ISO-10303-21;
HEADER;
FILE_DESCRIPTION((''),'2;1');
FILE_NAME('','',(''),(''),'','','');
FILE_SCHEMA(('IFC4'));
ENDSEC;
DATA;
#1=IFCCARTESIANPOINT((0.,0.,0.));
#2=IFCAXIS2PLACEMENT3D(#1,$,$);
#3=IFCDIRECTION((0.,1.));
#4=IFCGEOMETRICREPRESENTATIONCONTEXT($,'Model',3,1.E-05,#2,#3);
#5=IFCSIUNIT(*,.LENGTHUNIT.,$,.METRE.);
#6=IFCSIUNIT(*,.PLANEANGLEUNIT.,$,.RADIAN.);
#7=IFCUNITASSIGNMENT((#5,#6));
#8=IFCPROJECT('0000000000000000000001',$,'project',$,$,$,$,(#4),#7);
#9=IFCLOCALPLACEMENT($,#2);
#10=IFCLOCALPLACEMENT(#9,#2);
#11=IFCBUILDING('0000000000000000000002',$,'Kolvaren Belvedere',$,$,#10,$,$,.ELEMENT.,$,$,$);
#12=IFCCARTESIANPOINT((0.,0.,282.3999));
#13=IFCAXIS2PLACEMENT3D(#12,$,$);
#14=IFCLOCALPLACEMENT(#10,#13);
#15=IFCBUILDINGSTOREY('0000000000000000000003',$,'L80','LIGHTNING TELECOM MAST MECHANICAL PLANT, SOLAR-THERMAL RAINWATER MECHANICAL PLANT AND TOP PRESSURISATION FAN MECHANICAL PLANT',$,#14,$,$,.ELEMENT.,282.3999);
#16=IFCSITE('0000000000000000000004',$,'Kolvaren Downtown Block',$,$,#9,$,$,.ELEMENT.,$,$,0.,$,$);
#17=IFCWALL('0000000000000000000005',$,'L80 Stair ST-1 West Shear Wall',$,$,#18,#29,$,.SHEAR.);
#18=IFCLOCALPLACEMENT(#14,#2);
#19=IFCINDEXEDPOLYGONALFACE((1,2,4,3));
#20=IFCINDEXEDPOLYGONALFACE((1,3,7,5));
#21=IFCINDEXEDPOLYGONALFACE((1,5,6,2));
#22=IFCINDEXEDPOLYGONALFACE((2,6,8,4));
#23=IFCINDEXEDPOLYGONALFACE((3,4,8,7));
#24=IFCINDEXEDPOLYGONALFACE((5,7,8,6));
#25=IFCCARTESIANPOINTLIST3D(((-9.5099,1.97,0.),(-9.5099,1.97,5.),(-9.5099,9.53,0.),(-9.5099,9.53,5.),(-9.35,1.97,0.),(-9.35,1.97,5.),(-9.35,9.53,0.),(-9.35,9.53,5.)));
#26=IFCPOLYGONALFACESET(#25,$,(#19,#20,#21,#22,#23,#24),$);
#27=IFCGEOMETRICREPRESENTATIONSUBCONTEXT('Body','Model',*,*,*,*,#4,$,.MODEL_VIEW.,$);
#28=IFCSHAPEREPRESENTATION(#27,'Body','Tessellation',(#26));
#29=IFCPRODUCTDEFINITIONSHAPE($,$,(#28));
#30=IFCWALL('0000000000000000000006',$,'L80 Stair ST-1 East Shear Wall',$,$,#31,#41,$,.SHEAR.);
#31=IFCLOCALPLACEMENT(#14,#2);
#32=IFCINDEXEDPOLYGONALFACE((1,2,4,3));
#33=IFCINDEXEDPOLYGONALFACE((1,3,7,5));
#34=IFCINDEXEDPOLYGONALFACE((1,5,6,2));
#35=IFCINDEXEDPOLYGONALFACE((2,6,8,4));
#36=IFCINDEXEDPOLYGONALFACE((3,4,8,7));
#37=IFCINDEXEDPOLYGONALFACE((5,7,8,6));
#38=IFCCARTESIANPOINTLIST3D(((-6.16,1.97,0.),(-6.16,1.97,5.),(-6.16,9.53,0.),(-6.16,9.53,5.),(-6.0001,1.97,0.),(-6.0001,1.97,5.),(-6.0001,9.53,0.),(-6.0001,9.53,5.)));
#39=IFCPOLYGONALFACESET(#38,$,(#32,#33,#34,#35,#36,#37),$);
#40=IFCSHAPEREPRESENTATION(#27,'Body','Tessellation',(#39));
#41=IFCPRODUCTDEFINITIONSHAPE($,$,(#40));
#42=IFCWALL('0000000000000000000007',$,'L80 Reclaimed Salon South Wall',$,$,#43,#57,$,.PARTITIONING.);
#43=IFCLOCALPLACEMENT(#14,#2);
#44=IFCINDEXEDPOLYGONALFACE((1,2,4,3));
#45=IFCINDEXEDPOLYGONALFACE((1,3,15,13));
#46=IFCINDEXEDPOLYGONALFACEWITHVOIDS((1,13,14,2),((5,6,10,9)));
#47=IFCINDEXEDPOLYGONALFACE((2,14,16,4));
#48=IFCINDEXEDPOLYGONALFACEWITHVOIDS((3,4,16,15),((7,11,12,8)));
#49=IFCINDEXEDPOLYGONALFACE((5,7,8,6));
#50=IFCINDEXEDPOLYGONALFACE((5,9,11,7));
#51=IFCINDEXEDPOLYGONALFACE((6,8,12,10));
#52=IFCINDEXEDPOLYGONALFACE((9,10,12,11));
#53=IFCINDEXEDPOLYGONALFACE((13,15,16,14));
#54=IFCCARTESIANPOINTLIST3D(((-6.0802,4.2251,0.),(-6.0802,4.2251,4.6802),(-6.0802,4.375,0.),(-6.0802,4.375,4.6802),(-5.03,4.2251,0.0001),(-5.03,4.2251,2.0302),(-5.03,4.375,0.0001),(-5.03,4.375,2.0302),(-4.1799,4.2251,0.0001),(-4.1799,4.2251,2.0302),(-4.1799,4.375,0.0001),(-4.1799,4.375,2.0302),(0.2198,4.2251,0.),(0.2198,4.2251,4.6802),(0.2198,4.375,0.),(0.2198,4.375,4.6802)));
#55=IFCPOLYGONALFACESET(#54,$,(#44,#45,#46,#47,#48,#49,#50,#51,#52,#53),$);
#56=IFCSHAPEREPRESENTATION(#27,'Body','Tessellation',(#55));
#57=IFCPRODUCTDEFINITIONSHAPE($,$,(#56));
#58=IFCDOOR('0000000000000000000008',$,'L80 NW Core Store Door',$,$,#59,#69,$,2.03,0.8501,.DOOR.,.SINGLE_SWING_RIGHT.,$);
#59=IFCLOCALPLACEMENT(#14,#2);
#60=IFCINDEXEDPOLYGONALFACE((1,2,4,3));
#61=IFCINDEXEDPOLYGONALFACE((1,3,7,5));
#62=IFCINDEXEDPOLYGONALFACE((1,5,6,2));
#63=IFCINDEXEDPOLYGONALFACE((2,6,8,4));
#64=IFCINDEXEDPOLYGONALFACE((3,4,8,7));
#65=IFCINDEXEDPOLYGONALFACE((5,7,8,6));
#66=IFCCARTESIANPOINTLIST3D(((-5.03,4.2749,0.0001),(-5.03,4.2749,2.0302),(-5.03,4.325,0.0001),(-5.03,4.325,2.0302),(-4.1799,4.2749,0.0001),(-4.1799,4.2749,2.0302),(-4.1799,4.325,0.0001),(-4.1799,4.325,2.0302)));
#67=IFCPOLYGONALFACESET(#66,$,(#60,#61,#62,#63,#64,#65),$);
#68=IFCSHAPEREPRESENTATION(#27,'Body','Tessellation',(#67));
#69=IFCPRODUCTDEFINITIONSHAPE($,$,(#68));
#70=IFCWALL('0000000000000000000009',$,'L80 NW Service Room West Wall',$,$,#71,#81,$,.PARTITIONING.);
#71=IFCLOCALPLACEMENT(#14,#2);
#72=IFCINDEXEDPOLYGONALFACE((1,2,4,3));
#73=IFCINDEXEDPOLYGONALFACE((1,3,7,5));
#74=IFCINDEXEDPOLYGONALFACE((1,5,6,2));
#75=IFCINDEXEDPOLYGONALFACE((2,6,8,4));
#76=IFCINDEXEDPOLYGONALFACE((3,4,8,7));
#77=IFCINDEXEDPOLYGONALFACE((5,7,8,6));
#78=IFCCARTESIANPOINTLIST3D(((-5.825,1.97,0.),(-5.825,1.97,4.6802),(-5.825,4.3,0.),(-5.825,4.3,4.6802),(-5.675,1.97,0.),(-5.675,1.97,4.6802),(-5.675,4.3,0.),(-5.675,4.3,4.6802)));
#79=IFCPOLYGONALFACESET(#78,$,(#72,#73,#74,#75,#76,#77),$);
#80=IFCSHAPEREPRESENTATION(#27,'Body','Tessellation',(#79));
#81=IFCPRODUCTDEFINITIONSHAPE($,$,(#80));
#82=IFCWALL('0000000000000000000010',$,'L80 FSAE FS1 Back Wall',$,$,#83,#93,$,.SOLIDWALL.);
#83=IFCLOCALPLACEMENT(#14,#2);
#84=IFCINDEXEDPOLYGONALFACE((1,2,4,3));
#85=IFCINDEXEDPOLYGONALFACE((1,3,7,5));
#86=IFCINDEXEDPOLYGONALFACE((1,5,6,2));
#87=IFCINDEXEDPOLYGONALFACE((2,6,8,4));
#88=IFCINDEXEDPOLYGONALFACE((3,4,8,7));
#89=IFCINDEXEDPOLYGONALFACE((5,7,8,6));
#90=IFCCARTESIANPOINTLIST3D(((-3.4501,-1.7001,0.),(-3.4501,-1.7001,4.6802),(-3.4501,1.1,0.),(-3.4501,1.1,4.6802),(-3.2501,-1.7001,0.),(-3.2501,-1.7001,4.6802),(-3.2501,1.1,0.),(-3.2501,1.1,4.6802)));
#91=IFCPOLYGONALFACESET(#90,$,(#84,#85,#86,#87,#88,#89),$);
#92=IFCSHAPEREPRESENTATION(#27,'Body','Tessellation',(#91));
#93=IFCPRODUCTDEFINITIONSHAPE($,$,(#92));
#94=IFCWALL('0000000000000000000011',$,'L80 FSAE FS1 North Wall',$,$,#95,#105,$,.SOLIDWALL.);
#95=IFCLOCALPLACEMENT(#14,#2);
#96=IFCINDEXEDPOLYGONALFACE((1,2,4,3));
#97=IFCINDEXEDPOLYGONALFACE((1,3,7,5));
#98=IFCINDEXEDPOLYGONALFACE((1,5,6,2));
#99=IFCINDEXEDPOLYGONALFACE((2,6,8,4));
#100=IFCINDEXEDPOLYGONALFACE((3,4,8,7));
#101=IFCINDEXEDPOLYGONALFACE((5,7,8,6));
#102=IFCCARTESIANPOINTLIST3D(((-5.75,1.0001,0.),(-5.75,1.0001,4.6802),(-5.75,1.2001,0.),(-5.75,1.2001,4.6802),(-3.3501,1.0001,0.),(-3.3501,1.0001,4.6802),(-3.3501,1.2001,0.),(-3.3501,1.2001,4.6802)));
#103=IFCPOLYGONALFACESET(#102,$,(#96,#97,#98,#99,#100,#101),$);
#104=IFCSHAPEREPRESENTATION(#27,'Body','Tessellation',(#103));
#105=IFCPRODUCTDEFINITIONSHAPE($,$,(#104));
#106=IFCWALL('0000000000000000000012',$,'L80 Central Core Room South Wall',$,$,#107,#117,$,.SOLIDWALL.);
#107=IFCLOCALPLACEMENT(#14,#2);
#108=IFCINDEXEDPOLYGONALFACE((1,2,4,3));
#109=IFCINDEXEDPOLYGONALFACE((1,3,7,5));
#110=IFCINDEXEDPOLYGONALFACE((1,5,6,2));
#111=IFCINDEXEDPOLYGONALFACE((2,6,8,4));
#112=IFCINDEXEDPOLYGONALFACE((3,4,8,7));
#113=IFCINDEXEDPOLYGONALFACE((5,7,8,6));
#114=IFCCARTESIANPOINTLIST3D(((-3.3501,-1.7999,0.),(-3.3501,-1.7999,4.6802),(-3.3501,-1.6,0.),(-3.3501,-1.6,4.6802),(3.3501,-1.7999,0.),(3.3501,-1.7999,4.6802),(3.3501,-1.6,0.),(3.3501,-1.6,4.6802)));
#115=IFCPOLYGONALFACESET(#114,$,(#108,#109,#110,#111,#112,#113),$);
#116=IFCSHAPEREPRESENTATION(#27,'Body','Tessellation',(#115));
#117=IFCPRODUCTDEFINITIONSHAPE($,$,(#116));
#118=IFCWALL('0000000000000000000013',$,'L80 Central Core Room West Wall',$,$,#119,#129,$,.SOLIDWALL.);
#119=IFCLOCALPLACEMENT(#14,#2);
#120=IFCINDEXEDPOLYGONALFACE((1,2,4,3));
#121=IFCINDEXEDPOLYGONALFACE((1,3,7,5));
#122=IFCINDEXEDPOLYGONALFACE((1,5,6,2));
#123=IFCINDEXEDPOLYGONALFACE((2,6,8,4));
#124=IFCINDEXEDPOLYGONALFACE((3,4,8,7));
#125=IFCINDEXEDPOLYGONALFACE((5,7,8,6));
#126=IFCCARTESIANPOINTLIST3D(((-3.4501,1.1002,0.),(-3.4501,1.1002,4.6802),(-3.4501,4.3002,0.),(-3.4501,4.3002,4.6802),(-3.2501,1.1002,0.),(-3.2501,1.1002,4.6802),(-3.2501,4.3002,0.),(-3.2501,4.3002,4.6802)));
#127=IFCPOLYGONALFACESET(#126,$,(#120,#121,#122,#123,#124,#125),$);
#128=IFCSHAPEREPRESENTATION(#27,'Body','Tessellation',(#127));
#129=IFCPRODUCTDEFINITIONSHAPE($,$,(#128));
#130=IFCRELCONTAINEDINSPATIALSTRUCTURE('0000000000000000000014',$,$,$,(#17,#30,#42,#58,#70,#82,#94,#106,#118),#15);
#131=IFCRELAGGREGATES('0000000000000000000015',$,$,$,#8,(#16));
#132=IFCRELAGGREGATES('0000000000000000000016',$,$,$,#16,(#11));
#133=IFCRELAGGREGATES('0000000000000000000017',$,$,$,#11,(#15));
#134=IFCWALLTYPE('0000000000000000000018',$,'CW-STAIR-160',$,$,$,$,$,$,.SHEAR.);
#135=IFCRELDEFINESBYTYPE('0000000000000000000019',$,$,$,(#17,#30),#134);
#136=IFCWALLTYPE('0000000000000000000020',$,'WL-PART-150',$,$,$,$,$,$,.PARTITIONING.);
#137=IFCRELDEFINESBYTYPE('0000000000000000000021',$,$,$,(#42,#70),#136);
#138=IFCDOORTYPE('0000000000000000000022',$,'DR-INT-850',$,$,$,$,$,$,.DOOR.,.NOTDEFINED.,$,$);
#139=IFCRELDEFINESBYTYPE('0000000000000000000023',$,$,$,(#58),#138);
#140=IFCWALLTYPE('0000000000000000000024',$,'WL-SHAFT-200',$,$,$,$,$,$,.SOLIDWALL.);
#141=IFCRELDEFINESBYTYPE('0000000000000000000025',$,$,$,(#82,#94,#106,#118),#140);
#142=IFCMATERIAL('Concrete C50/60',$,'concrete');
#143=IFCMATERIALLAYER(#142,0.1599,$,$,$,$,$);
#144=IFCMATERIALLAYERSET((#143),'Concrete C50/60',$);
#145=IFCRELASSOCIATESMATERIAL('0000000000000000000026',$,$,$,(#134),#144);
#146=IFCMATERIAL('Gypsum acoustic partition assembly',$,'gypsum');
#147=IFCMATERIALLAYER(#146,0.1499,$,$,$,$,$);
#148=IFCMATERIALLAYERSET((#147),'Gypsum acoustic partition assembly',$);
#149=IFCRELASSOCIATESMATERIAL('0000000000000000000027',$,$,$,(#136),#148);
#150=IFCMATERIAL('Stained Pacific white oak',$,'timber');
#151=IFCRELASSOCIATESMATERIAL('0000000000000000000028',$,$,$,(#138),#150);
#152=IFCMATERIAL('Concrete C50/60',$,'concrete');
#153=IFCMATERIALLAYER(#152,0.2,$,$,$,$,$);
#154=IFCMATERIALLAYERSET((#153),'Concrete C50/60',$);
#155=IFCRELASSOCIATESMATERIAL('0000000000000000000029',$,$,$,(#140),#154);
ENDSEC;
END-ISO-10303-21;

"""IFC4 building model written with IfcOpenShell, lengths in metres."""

from ifc_helpers import new_model, si_unit, direction, frame, frame_2d, origin, place, context, subcontext, project, spatial, rectangle, extrude, material, layer, layer_set, type_object, element, fill, save


model = new_model("IFC4")

# Units and contexts
model_context = context("Model", 3, precision=1e-05, world=origin(), true_north=direction((0.0, 1.0)))
body_context = subcontext(model_context, "Body", "Model", "MODEL_VIEW")
ifc_project = project(units=[si_unit("LENGTHUNIT", "METRE"), si_unit("PLANEANGLEUNIT", "RADIAN")], contexts=[model_context])

# Site, building, storey
site_placement = place(None, origin())
site = spatial("IfcSite", under=ifc_project, at=site_placement, Name="Kolvaren Downtown Block", CompositionType="ELEMENT", RefElevation=0.0)
building_placement = place(site_placement, origin())
building = spatial("IfcBuilding", under=site, at=building_placement, Name="Kolvaren Belvedere", CompositionType="ELEMENT")
storey_placement = place(building_placement, frame((0.0, 0.0, 282.3999)))
storey = spatial("IfcBuildingStorey", under=building, at=storey_placement, Name="L80", Description="LIGHTNING TELECOM MAST MECHANICAL PLANT, SOLAR-THERMAL RAINWATER MECHANICAL PLANT AND TOP PRESSURISATION FAN MECHANICAL PLANT", CompositionType="ELEMENT", Elevation=282.3999)

# Shared definitions
ifc_material_1 = material(Name="Concrete C50/60", Category="concrete")
ifc_layer_1 = layer(ifc_material_1, 0.1599)
ifc_layer_set_1 = layer_set([ifc_layer_1], Name="Concrete C50/60")
wall_type_1 = type_object("IfcWallType", Name="CW-STAIR-160", PredefinedType="SHEAR", material=ifc_layer_set_1)

# Walls
for number, where, z_axis, x_axis, name in (
    (1, (-9.4299, 1.97, 0.0), (0.0, 0.0, 1.0), (0.0, 1.0, 0.0), "L80 Stair ST-1 West Shear Wall"),
    (2, (-6.0801, 1.97, 0.0), (0.0, 0.0, 1.0), (0.0, 1.0, 0.0), "L80 Stair ST-1 East Shear Wall"),
):
    element("IfcWall", number, at=place(storey_placement, frame(where, z_axis=z_axis, x_axis=x_axis)), inside=storey, type_object=wall_type_1, Name=name, PredefinedType="SHEAR", context=body_context, shape_type="SweptSolid", body=[
        extrude(rectangle(XDim=7.5601, YDim=0.1599, at=frame_2d((3.78, 0.0))), origin(), (0.0, 0.0, 1.0), 5.0),
    ])

# Wall, opening, door
ifc_material_2 = material(Name="Gypsum acoustic partition assembly", Category="gypsum")
ifc_layer_2 = layer(ifc_material_2, 0.1499)
ifc_layer_set_2 = layer_set([ifc_layer_2], Name="Gypsum acoustic partition assembly")
wall_type_2 = type_object("IfcWallType", Name="WL-PART-150", PredefinedType="PARTITIONING", material=ifc_layer_set_2)
wall_1_placement = place(storey_placement, frame((-6.0801, 4.3, 0.0), z_axis=(0.0, 0.0, 1.0), x_axis=(1.0, 0.0, 0.0)))
wall_1 = element("IfcWall", 3, at=wall_1_placement, inside=storey, type_object=wall_type_2, Name="L80 Reclaimed Salon South Wall", PredefinedType="PARTITIONING", context=body_context, shape_type="SweptSolid", body=[
    extrude(rectangle(XDim=6.3, YDim=0.1499, at=frame_2d((3.1499, 0.0))), origin(), (0.0, 0.0, 1.0), 4.6802),
])
opening_1_placement = place(wall_1_placement, frame((1.05, 0.0, 0.0)))
opening_1 = element("IfcOpeningElement", 4, at=opening_1_placement, cuts=wall_1, PredefinedType="OPENING", context=body_context, shape_type="SweptSolid", body=[
    extrude(rectangle(XDim=0.8501, YDim=2.03, at=frame_2d((0.425, 1.0151))), frame((0.0, 0.085, 0.0), z_axis=(0.0, -1.0, 0.0), x_axis=(1.0, 0.0, 0.0)), (0.0, 0.0, 1.0), 0.1699),
])
ifc_material_3 = material(Name="Stained Pacific white oak", Category="timber")
door_type_1 = type_object("IfcDoorType", Name="DR-INT-850", OperationType="NOTDEFINED", PredefinedType="DOOR", material=ifc_material_3)
door_1_placement = place(opening_1_placement, origin())
door_1 = element("IfcDoor", 5, at=door_1_placement, inside=storey, type_object=door_type_1, Name="L80 NW Core Store Door", OperationType="SINGLE_SWING_RIGHT", OverallHeight=2.03, OverallWidth=0.8501, PredefinedType="DOOR", context=body_context, shape_type="SweptSolid", body=[
    extrude(rectangle(XDim=0.8501, YDim=2.03, at=frame_2d((0.425, 1.0151))), frame((0.0, 0.0249, 0.0), z_axis=(0.0, -1.0, 0.0), x_axis=(1.0, 0.0, 0.0)), (0.0, 0.0, 1.0), 0.05),
])
fill(opening_1, door_1)

# Walls
wall_2_placement = place(storey_placement, frame((-5.75, 1.97, 0.0), z_axis=(0.0, 0.0, 1.0), x_axis=(0.0, 1.0, 0.0)))
element("IfcWall", 6, at=wall_2_placement, inside=storey, type_object=wall_type_2, Name="L80 NW Service Room West Wall", PredefinedType="PARTITIONING", context=body_context, shape_type="SweptSolid", body=[
    extrude(rectangle(XDim=2.3301, YDim=0.1499, at=frame_2d((1.165, 0.0))), origin(), (0.0, 0.0, 1.0), 4.6802),
])
ifc_material_4 = material(Name="Concrete C50/60", Category="concrete")
ifc_layer_3 = layer(ifc_material_4, 0.2)
ifc_layer_set_3 = layer_set([ifc_layer_3], Name="Concrete C50/60")
wall_type_3 = type_object("IfcWallType", Name="WL-SHAFT-200", PredefinedType="SOLIDWALL", material=ifc_layer_set_3)
wall_3_placement = place(storey_placement, frame((-3.3501, -1.7, 0.0), z_axis=(0.0, 0.0, 1.0), x_axis=(0.0, 1.0, 0.0)))
element("IfcWall", 7, at=wall_3_placement, inside=storey, type_object=wall_type_3, Name="L80 FSAE FS1 Back Wall", PredefinedType="SOLIDWALL", context=body_context, shape_type="SweptSolid", body=[
    extrude(rectangle(XDim=2.8, YDim=0.2, at=frame_2d((1.3999, 0.0))), origin(), (0.0, 0.0, 1.0), 4.6802),
])
wall_4_placement = place(storey_placement, frame((-5.75, 1.1001, 0.0), z_axis=(0.0, 0.0, 1.0), x_axis=(1.0, 0.0, 0.0)))
element("IfcWall", 8, at=wall_4_placement, inside=storey, type_object=wall_type_3, Name="L80 FSAE FS1 North Wall", PredefinedType="SOLIDWALL", context=body_context, shape_type="SweptSolid", body=[
    extrude(rectangle(XDim=2.3999, YDim=0.2, at=frame_2d((1.2, 0.0))), origin(), (0.0, 0.0, 1.0), 4.6802),
])
wall_5_placement = place(storey_placement, frame((-3.3501, -1.7, 0.0), z_axis=(0.0, 0.0, 1.0), x_axis=(1.0, 0.0, 0.0)))
element("IfcWall", 9, at=wall_5_placement, inside=storey, type_object=wall_type_3, Name="L80 Central Core Room South Wall", PredefinedType="SOLIDWALL", context=body_context, shape_type="SweptSolid", body=[
    extrude(rectangle(XDim=6.7002, YDim=0.2, at=frame_2d((3.3501, 0.0))), origin(), (0.0, 0.0, 1.0), 4.6802),
])
wall_6_placement = place(storey_placement, frame((-3.3501, 1.1001, 0.0), z_axis=(0.0, 0.0, 1.0), x_axis=(0.0, 1.0, 0.0)))
element("IfcWall", 10, at=wall_6_placement, inside=storey, type_object=wall_type_3, Name="L80 Central Core Room West Wall", PredefinedType="SOLIDWALL", context=body_context, shape_type="SweptSolid", body=[
    extrude(rectangle(XDim=3.2, YDim=0.2, at=frame_2d((1.6001, 0.0))), origin(), (0.0, 0.0, 1.0), 4.6802),
])

save(model, "model.ifc")
